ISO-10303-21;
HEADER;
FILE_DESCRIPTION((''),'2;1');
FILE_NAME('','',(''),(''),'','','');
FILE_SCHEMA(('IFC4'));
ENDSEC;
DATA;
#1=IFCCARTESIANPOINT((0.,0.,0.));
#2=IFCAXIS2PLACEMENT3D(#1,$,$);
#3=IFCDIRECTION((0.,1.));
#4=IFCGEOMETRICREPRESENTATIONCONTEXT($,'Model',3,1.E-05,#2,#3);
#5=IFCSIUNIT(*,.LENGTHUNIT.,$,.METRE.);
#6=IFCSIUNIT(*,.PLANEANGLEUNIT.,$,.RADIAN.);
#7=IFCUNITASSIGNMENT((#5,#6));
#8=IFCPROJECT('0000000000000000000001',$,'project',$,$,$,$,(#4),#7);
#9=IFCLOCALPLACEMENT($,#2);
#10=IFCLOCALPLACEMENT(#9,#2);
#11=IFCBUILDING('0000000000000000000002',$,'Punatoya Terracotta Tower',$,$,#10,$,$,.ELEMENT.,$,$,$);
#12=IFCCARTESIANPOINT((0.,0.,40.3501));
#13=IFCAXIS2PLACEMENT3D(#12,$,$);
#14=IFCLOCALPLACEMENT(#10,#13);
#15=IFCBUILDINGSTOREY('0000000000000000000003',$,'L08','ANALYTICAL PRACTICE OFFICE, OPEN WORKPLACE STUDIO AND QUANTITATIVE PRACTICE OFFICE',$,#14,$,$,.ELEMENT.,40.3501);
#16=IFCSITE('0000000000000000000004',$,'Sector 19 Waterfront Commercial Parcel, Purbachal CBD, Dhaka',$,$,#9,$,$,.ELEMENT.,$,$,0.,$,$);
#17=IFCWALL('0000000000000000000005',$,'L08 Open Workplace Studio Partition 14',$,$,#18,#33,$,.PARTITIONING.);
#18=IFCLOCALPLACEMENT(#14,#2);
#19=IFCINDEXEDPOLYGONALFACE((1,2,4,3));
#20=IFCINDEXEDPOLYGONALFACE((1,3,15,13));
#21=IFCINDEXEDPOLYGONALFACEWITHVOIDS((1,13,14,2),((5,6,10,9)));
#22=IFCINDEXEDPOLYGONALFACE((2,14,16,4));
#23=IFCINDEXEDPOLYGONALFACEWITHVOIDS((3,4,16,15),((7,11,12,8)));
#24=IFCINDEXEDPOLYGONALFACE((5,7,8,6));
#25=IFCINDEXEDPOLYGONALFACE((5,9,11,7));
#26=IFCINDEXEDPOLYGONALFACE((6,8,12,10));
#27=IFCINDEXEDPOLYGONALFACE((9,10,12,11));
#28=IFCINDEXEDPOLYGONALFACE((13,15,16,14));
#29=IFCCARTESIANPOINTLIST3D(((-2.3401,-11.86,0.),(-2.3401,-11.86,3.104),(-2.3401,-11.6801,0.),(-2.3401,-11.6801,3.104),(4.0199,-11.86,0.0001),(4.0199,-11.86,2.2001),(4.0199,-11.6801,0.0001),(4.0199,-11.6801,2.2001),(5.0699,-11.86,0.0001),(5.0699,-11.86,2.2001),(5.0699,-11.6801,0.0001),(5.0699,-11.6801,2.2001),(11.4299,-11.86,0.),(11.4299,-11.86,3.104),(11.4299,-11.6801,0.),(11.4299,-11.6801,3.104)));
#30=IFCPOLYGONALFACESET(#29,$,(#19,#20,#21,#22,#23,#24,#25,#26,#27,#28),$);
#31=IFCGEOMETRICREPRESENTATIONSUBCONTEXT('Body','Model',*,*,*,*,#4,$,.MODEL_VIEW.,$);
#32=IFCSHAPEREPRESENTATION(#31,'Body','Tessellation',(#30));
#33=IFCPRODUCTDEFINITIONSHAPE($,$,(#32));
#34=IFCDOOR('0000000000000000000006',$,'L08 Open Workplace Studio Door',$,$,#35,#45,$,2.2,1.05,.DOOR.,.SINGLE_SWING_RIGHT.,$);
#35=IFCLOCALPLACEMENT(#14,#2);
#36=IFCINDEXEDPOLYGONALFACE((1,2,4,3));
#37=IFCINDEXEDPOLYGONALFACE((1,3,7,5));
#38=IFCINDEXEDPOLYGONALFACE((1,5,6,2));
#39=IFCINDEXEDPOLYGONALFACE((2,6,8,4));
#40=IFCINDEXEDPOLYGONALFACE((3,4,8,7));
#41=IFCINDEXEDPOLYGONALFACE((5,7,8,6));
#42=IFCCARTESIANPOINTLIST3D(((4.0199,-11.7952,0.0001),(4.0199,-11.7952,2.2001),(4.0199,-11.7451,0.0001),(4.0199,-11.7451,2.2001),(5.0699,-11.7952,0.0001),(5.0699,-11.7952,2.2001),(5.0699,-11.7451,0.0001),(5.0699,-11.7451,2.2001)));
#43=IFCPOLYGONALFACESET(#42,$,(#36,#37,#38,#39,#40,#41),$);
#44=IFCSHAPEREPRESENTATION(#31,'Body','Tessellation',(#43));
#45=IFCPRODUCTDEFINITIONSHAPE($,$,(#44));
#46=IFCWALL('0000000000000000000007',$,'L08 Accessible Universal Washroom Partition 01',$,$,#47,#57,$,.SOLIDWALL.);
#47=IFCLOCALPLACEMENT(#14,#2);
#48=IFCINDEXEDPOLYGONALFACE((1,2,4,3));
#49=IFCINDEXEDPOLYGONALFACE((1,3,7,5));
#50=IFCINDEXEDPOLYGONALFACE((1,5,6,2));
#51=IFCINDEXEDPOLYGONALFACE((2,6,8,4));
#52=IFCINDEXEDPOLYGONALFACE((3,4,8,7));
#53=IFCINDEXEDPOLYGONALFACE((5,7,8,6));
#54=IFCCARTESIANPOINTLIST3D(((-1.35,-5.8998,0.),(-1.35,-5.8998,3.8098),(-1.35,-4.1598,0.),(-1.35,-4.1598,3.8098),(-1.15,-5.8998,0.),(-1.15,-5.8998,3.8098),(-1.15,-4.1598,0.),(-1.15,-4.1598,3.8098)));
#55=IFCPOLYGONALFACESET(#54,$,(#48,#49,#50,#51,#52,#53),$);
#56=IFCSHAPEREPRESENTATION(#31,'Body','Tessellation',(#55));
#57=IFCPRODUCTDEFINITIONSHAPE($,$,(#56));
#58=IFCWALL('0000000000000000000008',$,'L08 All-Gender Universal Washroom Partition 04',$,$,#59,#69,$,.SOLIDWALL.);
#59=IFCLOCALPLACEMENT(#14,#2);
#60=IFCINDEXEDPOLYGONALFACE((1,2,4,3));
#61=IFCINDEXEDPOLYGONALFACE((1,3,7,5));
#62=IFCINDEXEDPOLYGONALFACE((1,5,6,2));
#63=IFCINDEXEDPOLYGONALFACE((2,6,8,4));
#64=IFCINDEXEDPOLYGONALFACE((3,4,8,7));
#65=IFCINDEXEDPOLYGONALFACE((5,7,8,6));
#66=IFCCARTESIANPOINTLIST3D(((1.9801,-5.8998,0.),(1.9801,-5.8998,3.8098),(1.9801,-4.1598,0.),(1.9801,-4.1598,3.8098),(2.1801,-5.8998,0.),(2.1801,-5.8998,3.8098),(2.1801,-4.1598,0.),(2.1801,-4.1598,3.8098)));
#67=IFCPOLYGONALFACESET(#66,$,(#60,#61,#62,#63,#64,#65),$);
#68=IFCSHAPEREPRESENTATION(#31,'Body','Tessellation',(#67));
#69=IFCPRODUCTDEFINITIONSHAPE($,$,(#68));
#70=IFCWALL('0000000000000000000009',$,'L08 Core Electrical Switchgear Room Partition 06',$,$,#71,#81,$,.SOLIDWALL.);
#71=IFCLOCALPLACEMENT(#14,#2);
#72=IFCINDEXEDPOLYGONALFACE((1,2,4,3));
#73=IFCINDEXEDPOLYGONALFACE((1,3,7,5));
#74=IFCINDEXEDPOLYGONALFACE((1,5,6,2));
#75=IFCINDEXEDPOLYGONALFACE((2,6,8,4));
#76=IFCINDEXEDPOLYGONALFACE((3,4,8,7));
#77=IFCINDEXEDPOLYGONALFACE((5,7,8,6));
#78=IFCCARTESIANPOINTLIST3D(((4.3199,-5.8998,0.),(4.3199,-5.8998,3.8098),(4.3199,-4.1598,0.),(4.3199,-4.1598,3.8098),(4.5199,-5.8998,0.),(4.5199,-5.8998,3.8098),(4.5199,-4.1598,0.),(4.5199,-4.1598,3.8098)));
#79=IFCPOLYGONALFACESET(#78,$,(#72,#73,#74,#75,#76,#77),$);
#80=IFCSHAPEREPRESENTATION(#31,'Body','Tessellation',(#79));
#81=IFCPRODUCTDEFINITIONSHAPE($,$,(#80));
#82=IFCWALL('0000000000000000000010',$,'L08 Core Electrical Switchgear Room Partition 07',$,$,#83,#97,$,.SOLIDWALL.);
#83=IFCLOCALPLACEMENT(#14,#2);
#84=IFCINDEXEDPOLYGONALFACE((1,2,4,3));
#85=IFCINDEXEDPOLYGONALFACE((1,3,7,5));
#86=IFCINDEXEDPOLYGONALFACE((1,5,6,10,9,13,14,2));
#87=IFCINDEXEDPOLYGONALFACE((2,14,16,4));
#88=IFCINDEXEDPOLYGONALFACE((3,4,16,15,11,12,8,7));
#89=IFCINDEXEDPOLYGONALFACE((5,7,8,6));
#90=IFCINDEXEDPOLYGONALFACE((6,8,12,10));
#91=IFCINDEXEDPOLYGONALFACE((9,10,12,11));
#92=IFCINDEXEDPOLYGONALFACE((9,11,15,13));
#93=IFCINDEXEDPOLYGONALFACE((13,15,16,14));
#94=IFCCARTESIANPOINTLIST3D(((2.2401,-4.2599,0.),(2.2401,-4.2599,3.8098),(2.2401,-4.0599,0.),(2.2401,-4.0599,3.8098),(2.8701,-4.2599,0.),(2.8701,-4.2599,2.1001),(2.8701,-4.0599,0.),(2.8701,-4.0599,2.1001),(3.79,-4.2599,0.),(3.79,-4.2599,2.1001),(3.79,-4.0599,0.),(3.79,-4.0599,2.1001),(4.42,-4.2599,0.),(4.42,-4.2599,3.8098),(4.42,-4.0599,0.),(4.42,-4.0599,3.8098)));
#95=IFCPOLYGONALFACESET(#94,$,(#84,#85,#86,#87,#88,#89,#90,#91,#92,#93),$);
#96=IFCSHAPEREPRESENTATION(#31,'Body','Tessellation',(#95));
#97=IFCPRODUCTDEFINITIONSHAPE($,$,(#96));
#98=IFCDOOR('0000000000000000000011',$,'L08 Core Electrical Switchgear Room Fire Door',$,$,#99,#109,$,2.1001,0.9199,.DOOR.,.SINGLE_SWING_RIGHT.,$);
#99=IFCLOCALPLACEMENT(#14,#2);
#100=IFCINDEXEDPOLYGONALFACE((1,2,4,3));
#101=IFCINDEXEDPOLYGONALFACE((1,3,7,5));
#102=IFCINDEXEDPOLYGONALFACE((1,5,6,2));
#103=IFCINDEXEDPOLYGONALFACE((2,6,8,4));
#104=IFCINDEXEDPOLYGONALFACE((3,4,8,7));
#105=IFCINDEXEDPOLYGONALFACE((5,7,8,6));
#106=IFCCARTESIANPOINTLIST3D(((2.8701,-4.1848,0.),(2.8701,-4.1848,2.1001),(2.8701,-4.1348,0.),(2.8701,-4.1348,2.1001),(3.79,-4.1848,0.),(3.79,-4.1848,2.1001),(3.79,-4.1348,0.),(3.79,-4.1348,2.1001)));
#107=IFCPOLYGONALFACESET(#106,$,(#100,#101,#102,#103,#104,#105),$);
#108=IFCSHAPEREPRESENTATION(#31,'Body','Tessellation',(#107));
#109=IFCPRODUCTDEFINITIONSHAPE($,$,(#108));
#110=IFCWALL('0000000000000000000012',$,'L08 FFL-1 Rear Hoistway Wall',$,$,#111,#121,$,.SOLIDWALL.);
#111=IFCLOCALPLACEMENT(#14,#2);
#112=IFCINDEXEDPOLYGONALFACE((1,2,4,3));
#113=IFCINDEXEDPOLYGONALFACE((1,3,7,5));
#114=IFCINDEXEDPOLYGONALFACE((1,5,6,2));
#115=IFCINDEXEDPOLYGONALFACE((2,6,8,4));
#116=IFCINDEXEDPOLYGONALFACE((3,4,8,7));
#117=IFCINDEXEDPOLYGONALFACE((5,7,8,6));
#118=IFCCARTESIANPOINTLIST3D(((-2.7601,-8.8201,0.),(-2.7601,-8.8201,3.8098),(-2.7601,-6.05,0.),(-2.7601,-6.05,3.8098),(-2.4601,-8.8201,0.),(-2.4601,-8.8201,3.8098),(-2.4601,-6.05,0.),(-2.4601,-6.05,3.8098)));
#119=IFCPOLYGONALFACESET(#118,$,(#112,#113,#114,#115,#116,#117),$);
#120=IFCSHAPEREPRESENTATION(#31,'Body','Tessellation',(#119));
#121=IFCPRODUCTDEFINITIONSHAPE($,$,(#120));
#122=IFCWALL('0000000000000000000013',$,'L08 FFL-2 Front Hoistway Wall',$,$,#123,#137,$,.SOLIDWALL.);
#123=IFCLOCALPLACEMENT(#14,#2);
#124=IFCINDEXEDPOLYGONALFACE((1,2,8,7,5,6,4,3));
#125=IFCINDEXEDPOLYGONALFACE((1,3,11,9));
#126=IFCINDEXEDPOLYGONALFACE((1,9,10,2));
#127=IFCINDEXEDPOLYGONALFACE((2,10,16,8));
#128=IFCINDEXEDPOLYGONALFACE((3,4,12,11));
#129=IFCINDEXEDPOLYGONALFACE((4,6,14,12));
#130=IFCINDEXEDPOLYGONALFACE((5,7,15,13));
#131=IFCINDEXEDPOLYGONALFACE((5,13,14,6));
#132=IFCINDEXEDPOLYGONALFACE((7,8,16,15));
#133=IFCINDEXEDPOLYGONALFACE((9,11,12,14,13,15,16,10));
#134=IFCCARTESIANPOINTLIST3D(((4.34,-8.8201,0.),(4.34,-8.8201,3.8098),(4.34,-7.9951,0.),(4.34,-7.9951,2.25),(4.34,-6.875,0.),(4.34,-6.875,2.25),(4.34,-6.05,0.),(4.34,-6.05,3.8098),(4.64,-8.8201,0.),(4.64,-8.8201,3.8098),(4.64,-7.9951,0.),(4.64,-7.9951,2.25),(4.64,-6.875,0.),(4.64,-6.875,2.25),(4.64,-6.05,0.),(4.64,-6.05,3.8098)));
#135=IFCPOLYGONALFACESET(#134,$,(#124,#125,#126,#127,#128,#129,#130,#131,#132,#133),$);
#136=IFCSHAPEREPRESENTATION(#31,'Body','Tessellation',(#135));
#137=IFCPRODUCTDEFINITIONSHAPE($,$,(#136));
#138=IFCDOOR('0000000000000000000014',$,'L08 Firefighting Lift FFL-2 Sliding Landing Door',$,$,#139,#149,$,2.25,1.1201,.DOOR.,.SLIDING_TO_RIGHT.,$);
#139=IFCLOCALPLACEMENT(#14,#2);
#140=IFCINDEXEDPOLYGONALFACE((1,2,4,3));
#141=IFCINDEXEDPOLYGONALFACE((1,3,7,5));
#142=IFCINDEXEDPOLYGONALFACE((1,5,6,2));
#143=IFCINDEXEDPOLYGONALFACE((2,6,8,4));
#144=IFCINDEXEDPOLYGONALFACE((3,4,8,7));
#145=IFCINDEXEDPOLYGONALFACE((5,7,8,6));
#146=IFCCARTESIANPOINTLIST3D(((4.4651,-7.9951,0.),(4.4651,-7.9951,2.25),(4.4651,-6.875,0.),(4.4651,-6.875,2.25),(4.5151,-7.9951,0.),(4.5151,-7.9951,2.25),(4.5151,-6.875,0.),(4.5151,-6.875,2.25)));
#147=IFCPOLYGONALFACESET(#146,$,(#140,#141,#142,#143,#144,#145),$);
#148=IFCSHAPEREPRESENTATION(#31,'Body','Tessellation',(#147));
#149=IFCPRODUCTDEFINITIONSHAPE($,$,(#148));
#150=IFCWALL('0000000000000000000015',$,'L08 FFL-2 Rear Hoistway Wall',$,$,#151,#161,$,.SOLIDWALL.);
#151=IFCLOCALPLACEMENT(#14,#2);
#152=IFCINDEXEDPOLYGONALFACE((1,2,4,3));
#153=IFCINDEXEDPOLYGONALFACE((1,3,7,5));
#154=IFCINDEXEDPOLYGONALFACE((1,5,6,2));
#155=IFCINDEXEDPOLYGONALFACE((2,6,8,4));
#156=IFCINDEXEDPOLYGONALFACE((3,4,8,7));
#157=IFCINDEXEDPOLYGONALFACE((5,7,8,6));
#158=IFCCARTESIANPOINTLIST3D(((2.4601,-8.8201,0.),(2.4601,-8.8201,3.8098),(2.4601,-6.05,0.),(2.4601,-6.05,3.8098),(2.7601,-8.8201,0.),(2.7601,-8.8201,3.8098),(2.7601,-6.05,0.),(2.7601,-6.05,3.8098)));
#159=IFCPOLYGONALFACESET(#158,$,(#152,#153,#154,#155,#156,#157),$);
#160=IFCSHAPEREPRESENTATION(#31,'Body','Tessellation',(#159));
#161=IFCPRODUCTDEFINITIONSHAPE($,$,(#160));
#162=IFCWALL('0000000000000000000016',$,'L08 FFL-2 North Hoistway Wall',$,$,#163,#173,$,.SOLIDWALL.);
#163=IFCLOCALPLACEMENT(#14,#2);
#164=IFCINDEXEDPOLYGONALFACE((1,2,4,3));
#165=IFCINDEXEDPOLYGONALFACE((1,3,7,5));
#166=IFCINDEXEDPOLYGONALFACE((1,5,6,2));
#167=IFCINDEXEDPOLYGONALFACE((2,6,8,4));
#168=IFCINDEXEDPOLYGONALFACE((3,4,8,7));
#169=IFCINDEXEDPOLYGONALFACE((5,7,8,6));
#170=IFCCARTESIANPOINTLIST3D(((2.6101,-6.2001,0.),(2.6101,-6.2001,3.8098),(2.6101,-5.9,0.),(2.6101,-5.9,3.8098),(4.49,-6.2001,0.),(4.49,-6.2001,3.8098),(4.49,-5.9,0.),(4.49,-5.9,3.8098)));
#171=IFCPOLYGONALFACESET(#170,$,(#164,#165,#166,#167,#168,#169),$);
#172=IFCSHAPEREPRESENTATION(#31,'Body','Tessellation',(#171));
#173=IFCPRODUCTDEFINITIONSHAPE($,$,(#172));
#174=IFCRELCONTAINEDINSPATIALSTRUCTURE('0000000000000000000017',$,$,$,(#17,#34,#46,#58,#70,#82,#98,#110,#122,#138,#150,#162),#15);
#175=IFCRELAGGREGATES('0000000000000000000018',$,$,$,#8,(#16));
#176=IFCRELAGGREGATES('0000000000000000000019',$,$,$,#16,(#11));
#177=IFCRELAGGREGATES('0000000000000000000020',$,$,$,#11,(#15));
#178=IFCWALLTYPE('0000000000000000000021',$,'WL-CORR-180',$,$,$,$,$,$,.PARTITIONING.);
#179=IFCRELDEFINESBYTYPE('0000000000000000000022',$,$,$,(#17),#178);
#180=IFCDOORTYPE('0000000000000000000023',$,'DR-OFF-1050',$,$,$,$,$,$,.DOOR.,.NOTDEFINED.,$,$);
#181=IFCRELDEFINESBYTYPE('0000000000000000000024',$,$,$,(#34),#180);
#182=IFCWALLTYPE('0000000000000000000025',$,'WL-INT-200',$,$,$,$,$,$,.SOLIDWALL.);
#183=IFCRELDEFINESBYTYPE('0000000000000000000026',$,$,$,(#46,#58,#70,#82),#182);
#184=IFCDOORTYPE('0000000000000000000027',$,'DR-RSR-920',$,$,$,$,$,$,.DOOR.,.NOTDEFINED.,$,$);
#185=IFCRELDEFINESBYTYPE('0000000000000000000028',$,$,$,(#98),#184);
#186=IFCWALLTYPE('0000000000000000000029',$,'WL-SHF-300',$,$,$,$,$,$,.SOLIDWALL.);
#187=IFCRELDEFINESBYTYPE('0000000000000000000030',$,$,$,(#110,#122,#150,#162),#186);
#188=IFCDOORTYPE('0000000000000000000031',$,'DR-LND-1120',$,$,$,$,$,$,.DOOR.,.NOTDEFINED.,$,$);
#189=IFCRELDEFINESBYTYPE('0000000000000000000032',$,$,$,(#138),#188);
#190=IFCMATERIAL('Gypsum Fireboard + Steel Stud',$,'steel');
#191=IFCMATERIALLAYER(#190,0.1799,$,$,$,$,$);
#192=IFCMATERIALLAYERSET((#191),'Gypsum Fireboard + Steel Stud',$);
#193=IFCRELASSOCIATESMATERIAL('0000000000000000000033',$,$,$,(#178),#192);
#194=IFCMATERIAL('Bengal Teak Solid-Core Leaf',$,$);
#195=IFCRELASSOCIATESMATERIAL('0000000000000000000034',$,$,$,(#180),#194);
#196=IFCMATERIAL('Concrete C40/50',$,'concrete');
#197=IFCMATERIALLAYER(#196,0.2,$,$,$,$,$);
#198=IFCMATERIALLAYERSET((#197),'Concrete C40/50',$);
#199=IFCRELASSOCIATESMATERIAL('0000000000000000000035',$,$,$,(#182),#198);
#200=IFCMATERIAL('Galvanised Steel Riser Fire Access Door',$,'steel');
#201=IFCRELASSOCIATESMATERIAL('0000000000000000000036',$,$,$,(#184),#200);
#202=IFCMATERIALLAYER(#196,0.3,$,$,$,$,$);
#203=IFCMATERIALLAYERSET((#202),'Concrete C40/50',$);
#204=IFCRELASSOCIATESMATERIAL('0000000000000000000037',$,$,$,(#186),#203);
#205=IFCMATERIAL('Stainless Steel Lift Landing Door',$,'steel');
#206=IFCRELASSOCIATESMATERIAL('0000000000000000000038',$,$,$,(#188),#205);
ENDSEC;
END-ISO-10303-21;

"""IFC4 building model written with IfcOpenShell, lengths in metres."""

from ifc_helpers import new_model, si_unit, direction, frame, frame_2d, origin, place, context, subcontext, project, spatial, rectangle, extrude, material, layer, layer_set, type_object, element, fill, save


model = new_model("IFC4")

# Units and contexts
model_context = context("Model", 3, precision=1e-05, world=origin(), true_north=direction((0.0, 1.0)))
body_context = subcontext(model_context, "Body", "Model", "MODEL_VIEW")
ifc_project = project(units=[si_unit("LENGTHUNIT", "METRE"), si_unit("PLANEANGLEUNIT", "RADIAN")], contexts=[model_context])

# Site, building, storey
site_placement = place(None, origin())
site = spatial("IfcSite", under=ifc_project, at=site_placement, Name="Sector 19 Waterfront Commercial Parcel, Purbachal CBD, Dhaka", CompositionType="ELEMENT", RefElevation=0.0)
building_placement = place(site_placement, origin())
building = spatial("IfcBuilding", under=site, at=building_placement, Name="Punatoya Terracotta Tower", CompositionType="ELEMENT")
storey_placement = place(building_placement, frame((0.0, 0.0, 40.3501)))
storey = spatial("IfcBuildingStorey", under=building, at=storey_placement, Name="L08", Description="ANALYTICAL PRACTICE OFFICE, OPEN WORKPLACE STUDIO AND QUANTITATIVE PRACTICE OFFICE", CompositionType="ELEMENT", Elevation=40.3501)

# Shared definitions
ifc_material_1 = material(Name="Concrete C40/50", Category="concrete")

# Wall, opening, door
ifc_material_2 = material(Name="Gypsum Fireboard + Steel Stud", Category="steel")
ifc_layer_1 = layer(ifc_material_2, 0.1799)
ifc_layer_set_1 = layer_set([ifc_layer_1], Name="Gypsum Fireboard + Steel Stud")
wall_type_1 = type_object("IfcWallType", Name="WL-CORR-180", PredefinedType="PARTITIONING", material=ifc_layer_set_1)
wall_1_placement = place(storey_placement, frame((-2.3401, -11.77, 0.0), z_axis=(0.0, 0.0, 1.0), x_axis=(1.0, 0.0, 0.0)))
wall_1 = element("IfcWall", 1, at=wall_1_placement, inside=storey, type_object=wall_type_1, Name="L08 Open Workplace Studio Partition 14", PredefinedType="PARTITIONING", context=body_context, shape_type="SweptSolid", body=[
    extrude(rectangle(XDim=13.77, YDim=0.1799, at=frame_2d((6.885, 0.0))), origin(), (0.0, 0.0, 1.0), 3.104),
])
opening_1_placement = place(wall_1_placement, frame((6.3601, 0.0, 0.0)))
opening_1 = element("IfcOpeningElement", 2, at=opening_1_placement, cuts=wall_1, PredefinedType="OPENING", context=body_context, shape_type="SweptSolid", body=[
    extrude(rectangle(XDim=1.05, YDim=2.2, at=frame_2d((0.5249, 1.1001))), frame((0.0, 0.0999, 0.0), z_axis=(0.0, -1.0, 0.0), x_axis=(1.0, 0.0, 0.0)), (0.0, 0.0, 1.0), 0.2),
])
ifc_material_3 = material(Name="Bengal Teak Solid-Core Leaf")
door_type_1 = type_object("IfcDoorType", Name="DR-OFF-1050", OperationType="NOTDEFINED", PredefinedType="DOOR", material=ifc_material_3)
door_1_placement = place(opening_1_placement, origin())
door_1 = element("IfcDoor", 3, at=door_1_placement, inside=storey, type_object=door_type_1, Name="L08 Open Workplace Studio Door", OperationType="SINGLE_SWING_RIGHT", OverallHeight=2.2, OverallWidth=1.05, PredefinedType="DOOR", context=body_context, shape_type="SweptSolid", body=[
    extrude(rectangle(XDim=1.05, YDim=2.2, at=frame_2d((0.5249, 1.1001))), frame((0.0, 0.0249, 0.0), z_axis=(0.0, -1.0, 0.0), x_axis=(1.0, 0.0, 0.0)), (0.0, 0.0, 1.0), 0.05),
])
fill(opening_1, door_1)

# Wall
ifc_layer_2 = layer(ifc_material_1, 0.2)
ifc_layer_set_2 = layer_set([ifc_layer_2], Name="Concrete C40/50")
wall_type_2 = type_object("IfcWallType", Name="WL-INT-200", PredefinedType="SOLIDWALL", material=ifc_layer_set_2)
wall_2_placement = place(storey_placement, frame((-1.25, -5.8999, 0.0), z_axis=(0.0, 0.0, 1.0), x_axis=(0.0, 1.0, 0.0)))
element("IfcWall", 4, at=wall_2_placement, inside=storey, type_object=wall_type_2, Name="L08 Accessible Universal Washroom Partition 01", PredefinedType="SOLIDWALL", context=body_context, shape_type="SweptSolid", body=[
    extrude(rectangle(XDim=1.74, YDim=0.2, at=frame_2d((0.8701, 0.0))), origin(), (0.0, 0.0, 1.0), 3.8098),
])

# Wall
wall_3_placement = place(storey_placement, frame((2.0801, -5.8999, 0.0), z_axis=(0.0, 0.0, 1.0), x_axis=(0.0, 1.0, 0.0)))
element("IfcWall", 5, at=wall_3_placement, inside=storey, type_object=wall_type_2, Name="L08 All-Gender Universal Washroom Partition 04", PredefinedType="SOLIDWALL", context=body_context, shape_type="SweptSolid", body=[
    extrude(rectangle(XDim=1.74, YDim=0.2, at=frame_2d((0.8701, 0.0))), origin(), (0.0, 0.0, 1.0), 3.8098),
])

# Wall
wall_4_placement = place(storey_placement, frame((4.4199, -5.8999, 0.0), z_axis=(0.0, 0.0, 1.0), x_axis=(0.0, 1.0, 0.0)))
element("IfcWall", 6, at=wall_4_placement, inside=storey, type_object=wall_type_2, Name="L08 Core Electrical Switchgear Room Partition 06", PredefinedType="SOLIDWALL", context=body_context, shape_type="SweptSolid", body=[
    extrude(rectangle(XDim=1.74, YDim=0.2, at=frame_2d((0.8701, 0.0))), origin(), (0.0, 0.0, 1.0), 3.8098),
])

# Wall, opening, door
wall_5_placement = place(storey_placement, frame((4.4199, -4.1599, 0.0), z_axis=(0.0, 0.0, 1.0), x_axis=(-1.0, 0.0, 0.0)))
wall_5 = element("IfcWall", 7, at=wall_5_placement, inside=storey, type_object=wall_type_2, Name="L08 Core Electrical Switchgear Room Partition 07", PredefinedType="SOLIDWALL", context=body_context, shape_type="SweptSolid", body=[
    extrude(rectangle(XDim=2.1799, YDim=0.2, at=frame_2d((1.0898, 0.0))), origin(), (0.0, 0.0, 1.0), 3.8098),
])
opening_2_placement = place(wall_5_placement, frame((0.6299, 0.0, 0.0)))
opening_2 = element("IfcOpeningElement", 8, at=opening_2_placement, cuts=wall_5, PredefinedType="OPENING", context=body_context, shape_type="SweptSolid", body=[
    extrude(rectangle(XDim=0.9199, YDim=2.1001, at=frame_2d((0.46, 1.05))), frame((0.0, 0.1099, 0.0), z_axis=(0.0, -1.0, 0.0), x_axis=(1.0, 0.0, 0.0)), (0.0, 0.0, 1.0), 0.22),
])
ifc_material_4 = material(Name="Galvanised Steel Riser Fire Access Door", Category="steel")
door_type_2 = type_object("IfcDoorType", Name="DR-RSR-920", OperationType="NOTDEFINED", PredefinedType="DOOR", material=ifc_material_4)
door_2_placement = place(opening_2_placement, origin())
door_2 = element("IfcDoor", 9, at=door_2_placement, inside=storey, type_object=door_type_2, Name="L08 Core Electrical Switchgear Room Fire Door", OperationType="SINGLE_SWING_RIGHT", OverallHeight=2.1001, OverallWidth=0.9199, PredefinedType="DOOR", context=body_context, shape_type="SweptSolid", body=[
    extrude(rectangle(XDim=0.9199, YDim=2.1001, at=frame_2d((0.46, 1.05))), frame((0.0, 0.0249, 0.0), z_axis=(0.0, -1.0, 0.0), x_axis=(1.0, 0.0, 0.0)), (0.0, 0.0, 1.0), 0.05),
])
fill(opening_2, door_2)

# Wall
ifc_layer_3 = layer(ifc_material_1, 0.3)
ifc_layer_set_3 = layer_set([ifc_layer_3], Name="Concrete C40/50")
wall_type_3 = type_object("IfcWallType", Name="WL-SHF-300", PredefinedType="SOLIDWALL", material=ifc_layer_set_3)
wall_6_placement = place(storey_placement, frame((-2.6101, -8.8201, 0.0), z_axis=(0.0, 0.0, 1.0), x_axis=(0.0, 1.0, 0.0)))
element("IfcWall", 10, at=wall_6_placement, inside=storey, type_object=wall_type_3, Name="L08 FFL-1 Rear Hoistway Wall", PredefinedType="SOLIDWALL", context=body_context, shape_type="SweptSolid", body=[
    extrude(rectangle(XDim=2.77, YDim=0.3, at=frame_2d((1.385, 0.0))), origin(), (0.0, 0.0, 1.0), 3.8098),
])

# Wall, opening, door
wall_7_placement = place(storey_placement, frame((4.49, -8.8201, 0.0), z_axis=(0.0, 0.0, 1.0), x_axis=(0.0, 1.0, 0.0)))
wall_7 = element("IfcWall", 11, at=wall_7_placement, inside=storey, type_object=wall_type_3, Name="L08 FFL-2 Front Hoistway Wall", PredefinedType="SOLIDWALL", context=body_context, shape_type="SweptSolid", body=[
    extrude(rectangle(XDim=2.77, YDim=0.3, at=frame_2d((1.385, 0.0))), origin(), (0.0, 0.0, 1.0), 3.8098),
])
opening_3_placement = place(wall_7_placement, frame((0.825, 0.0, 0.0)))
opening_3 = element("IfcOpeningElement", 12, at=opening_3_placement, cuts=wall_7, PredefinedType="OPENING", context=body_context, shape_type="SweptSolid", body=[
    extrude(rectangle(XDim=1.1201, YDim=2.25, at=frame_2d((0.5601, 1.125))), frame((0.0, 0.1599, 0.0), z_axis=(0.0, -1.0, 0.0), x_axis=(1.0, 0.0, 0.0)), (0.0, 0.0, 1.0), 0.3201),
])
ifc_material_5 = material(Name="Stainless Steel Lift Landing Door", Category="steel")
door_type_3 = type_object("IfcDoorType", Name="DR-LND-1120", OperationType="NOTDEFINED", PredefinedType="DOOR", material=ifc_material_5)
door_3_placement = place(opening_3_placement, origin())
door_3 = element("IfcDoor", 13, at=door_3_placement, inside=storey, type_object=door_type_3, Name="L08 Firefighting Lift FFL-2 Sliding Landing Door", OperationType="SLIDING_TO_RIGHT", OverallHeight=2.25, OverallWidth=1.1201, PredefinedType="DOOR", context=body_context, shape_type="SweptSolid", body=[
    extrude(rectangle(XDim=1.1201, YDim=2.25, at=frame_2d((0.5601, 1.125))), frame((0.0, 0.0249, 0.0), z_axis=(0.0, -1.0, 0.0), x_axis=(1.0, 0.0, 0.0)), (0.0, 0.0, 1.0), 0.05),
])
fill(opening_3, door_3)

# Walls
wall_8_placement = place(storey_placement, frame((2.6101, -8.8201, 0.0), z_axis=(0.0, 0.0, 1.0), x_axis=(0.0, 1.0, 0.0)))
element("IfcWall", 14, at=wall_8_placement, inside=storey, type_object=wall_type_3, Name="L08 FFL-2 Rear Hoistway Wall", PredefinedType="SOLIDWALL", context=body_context, shape_type="SweptSolid", body=[
    extrude(rectangle(XDim=2.77, YDim=0.3, at=frame_2d((1.385, 0.0))), origin(), (0.0, 0.0, 1.0), 3.8098),
])
for number, where, z_axis, x_axis, name in (
    (15, (2.6101, -6.05, 0.0), (0.0, 0.0, 1.0), (1.0, 0.0, 0.0), "L08 FFL-2 North Hoistway Wall"),
):
    element("IfcWall", number, at=place(storey_placement, frame(where, z_axis=z_axis, x_axis=x_axis)), inside=storey, type_object=wall_type_3, Name=name, PredefinedType="SOLIDWALL", context=body_context, shape_type="SweptSolid", body=[
        extrude(rectangle(XDim=1.8799, YDim=0.3, at=frame_2d((0.9399, 0.0))), origin(), (0.0, 0.0, 1.0), 3.8098),
    ])

save(model, "model.ifc")
